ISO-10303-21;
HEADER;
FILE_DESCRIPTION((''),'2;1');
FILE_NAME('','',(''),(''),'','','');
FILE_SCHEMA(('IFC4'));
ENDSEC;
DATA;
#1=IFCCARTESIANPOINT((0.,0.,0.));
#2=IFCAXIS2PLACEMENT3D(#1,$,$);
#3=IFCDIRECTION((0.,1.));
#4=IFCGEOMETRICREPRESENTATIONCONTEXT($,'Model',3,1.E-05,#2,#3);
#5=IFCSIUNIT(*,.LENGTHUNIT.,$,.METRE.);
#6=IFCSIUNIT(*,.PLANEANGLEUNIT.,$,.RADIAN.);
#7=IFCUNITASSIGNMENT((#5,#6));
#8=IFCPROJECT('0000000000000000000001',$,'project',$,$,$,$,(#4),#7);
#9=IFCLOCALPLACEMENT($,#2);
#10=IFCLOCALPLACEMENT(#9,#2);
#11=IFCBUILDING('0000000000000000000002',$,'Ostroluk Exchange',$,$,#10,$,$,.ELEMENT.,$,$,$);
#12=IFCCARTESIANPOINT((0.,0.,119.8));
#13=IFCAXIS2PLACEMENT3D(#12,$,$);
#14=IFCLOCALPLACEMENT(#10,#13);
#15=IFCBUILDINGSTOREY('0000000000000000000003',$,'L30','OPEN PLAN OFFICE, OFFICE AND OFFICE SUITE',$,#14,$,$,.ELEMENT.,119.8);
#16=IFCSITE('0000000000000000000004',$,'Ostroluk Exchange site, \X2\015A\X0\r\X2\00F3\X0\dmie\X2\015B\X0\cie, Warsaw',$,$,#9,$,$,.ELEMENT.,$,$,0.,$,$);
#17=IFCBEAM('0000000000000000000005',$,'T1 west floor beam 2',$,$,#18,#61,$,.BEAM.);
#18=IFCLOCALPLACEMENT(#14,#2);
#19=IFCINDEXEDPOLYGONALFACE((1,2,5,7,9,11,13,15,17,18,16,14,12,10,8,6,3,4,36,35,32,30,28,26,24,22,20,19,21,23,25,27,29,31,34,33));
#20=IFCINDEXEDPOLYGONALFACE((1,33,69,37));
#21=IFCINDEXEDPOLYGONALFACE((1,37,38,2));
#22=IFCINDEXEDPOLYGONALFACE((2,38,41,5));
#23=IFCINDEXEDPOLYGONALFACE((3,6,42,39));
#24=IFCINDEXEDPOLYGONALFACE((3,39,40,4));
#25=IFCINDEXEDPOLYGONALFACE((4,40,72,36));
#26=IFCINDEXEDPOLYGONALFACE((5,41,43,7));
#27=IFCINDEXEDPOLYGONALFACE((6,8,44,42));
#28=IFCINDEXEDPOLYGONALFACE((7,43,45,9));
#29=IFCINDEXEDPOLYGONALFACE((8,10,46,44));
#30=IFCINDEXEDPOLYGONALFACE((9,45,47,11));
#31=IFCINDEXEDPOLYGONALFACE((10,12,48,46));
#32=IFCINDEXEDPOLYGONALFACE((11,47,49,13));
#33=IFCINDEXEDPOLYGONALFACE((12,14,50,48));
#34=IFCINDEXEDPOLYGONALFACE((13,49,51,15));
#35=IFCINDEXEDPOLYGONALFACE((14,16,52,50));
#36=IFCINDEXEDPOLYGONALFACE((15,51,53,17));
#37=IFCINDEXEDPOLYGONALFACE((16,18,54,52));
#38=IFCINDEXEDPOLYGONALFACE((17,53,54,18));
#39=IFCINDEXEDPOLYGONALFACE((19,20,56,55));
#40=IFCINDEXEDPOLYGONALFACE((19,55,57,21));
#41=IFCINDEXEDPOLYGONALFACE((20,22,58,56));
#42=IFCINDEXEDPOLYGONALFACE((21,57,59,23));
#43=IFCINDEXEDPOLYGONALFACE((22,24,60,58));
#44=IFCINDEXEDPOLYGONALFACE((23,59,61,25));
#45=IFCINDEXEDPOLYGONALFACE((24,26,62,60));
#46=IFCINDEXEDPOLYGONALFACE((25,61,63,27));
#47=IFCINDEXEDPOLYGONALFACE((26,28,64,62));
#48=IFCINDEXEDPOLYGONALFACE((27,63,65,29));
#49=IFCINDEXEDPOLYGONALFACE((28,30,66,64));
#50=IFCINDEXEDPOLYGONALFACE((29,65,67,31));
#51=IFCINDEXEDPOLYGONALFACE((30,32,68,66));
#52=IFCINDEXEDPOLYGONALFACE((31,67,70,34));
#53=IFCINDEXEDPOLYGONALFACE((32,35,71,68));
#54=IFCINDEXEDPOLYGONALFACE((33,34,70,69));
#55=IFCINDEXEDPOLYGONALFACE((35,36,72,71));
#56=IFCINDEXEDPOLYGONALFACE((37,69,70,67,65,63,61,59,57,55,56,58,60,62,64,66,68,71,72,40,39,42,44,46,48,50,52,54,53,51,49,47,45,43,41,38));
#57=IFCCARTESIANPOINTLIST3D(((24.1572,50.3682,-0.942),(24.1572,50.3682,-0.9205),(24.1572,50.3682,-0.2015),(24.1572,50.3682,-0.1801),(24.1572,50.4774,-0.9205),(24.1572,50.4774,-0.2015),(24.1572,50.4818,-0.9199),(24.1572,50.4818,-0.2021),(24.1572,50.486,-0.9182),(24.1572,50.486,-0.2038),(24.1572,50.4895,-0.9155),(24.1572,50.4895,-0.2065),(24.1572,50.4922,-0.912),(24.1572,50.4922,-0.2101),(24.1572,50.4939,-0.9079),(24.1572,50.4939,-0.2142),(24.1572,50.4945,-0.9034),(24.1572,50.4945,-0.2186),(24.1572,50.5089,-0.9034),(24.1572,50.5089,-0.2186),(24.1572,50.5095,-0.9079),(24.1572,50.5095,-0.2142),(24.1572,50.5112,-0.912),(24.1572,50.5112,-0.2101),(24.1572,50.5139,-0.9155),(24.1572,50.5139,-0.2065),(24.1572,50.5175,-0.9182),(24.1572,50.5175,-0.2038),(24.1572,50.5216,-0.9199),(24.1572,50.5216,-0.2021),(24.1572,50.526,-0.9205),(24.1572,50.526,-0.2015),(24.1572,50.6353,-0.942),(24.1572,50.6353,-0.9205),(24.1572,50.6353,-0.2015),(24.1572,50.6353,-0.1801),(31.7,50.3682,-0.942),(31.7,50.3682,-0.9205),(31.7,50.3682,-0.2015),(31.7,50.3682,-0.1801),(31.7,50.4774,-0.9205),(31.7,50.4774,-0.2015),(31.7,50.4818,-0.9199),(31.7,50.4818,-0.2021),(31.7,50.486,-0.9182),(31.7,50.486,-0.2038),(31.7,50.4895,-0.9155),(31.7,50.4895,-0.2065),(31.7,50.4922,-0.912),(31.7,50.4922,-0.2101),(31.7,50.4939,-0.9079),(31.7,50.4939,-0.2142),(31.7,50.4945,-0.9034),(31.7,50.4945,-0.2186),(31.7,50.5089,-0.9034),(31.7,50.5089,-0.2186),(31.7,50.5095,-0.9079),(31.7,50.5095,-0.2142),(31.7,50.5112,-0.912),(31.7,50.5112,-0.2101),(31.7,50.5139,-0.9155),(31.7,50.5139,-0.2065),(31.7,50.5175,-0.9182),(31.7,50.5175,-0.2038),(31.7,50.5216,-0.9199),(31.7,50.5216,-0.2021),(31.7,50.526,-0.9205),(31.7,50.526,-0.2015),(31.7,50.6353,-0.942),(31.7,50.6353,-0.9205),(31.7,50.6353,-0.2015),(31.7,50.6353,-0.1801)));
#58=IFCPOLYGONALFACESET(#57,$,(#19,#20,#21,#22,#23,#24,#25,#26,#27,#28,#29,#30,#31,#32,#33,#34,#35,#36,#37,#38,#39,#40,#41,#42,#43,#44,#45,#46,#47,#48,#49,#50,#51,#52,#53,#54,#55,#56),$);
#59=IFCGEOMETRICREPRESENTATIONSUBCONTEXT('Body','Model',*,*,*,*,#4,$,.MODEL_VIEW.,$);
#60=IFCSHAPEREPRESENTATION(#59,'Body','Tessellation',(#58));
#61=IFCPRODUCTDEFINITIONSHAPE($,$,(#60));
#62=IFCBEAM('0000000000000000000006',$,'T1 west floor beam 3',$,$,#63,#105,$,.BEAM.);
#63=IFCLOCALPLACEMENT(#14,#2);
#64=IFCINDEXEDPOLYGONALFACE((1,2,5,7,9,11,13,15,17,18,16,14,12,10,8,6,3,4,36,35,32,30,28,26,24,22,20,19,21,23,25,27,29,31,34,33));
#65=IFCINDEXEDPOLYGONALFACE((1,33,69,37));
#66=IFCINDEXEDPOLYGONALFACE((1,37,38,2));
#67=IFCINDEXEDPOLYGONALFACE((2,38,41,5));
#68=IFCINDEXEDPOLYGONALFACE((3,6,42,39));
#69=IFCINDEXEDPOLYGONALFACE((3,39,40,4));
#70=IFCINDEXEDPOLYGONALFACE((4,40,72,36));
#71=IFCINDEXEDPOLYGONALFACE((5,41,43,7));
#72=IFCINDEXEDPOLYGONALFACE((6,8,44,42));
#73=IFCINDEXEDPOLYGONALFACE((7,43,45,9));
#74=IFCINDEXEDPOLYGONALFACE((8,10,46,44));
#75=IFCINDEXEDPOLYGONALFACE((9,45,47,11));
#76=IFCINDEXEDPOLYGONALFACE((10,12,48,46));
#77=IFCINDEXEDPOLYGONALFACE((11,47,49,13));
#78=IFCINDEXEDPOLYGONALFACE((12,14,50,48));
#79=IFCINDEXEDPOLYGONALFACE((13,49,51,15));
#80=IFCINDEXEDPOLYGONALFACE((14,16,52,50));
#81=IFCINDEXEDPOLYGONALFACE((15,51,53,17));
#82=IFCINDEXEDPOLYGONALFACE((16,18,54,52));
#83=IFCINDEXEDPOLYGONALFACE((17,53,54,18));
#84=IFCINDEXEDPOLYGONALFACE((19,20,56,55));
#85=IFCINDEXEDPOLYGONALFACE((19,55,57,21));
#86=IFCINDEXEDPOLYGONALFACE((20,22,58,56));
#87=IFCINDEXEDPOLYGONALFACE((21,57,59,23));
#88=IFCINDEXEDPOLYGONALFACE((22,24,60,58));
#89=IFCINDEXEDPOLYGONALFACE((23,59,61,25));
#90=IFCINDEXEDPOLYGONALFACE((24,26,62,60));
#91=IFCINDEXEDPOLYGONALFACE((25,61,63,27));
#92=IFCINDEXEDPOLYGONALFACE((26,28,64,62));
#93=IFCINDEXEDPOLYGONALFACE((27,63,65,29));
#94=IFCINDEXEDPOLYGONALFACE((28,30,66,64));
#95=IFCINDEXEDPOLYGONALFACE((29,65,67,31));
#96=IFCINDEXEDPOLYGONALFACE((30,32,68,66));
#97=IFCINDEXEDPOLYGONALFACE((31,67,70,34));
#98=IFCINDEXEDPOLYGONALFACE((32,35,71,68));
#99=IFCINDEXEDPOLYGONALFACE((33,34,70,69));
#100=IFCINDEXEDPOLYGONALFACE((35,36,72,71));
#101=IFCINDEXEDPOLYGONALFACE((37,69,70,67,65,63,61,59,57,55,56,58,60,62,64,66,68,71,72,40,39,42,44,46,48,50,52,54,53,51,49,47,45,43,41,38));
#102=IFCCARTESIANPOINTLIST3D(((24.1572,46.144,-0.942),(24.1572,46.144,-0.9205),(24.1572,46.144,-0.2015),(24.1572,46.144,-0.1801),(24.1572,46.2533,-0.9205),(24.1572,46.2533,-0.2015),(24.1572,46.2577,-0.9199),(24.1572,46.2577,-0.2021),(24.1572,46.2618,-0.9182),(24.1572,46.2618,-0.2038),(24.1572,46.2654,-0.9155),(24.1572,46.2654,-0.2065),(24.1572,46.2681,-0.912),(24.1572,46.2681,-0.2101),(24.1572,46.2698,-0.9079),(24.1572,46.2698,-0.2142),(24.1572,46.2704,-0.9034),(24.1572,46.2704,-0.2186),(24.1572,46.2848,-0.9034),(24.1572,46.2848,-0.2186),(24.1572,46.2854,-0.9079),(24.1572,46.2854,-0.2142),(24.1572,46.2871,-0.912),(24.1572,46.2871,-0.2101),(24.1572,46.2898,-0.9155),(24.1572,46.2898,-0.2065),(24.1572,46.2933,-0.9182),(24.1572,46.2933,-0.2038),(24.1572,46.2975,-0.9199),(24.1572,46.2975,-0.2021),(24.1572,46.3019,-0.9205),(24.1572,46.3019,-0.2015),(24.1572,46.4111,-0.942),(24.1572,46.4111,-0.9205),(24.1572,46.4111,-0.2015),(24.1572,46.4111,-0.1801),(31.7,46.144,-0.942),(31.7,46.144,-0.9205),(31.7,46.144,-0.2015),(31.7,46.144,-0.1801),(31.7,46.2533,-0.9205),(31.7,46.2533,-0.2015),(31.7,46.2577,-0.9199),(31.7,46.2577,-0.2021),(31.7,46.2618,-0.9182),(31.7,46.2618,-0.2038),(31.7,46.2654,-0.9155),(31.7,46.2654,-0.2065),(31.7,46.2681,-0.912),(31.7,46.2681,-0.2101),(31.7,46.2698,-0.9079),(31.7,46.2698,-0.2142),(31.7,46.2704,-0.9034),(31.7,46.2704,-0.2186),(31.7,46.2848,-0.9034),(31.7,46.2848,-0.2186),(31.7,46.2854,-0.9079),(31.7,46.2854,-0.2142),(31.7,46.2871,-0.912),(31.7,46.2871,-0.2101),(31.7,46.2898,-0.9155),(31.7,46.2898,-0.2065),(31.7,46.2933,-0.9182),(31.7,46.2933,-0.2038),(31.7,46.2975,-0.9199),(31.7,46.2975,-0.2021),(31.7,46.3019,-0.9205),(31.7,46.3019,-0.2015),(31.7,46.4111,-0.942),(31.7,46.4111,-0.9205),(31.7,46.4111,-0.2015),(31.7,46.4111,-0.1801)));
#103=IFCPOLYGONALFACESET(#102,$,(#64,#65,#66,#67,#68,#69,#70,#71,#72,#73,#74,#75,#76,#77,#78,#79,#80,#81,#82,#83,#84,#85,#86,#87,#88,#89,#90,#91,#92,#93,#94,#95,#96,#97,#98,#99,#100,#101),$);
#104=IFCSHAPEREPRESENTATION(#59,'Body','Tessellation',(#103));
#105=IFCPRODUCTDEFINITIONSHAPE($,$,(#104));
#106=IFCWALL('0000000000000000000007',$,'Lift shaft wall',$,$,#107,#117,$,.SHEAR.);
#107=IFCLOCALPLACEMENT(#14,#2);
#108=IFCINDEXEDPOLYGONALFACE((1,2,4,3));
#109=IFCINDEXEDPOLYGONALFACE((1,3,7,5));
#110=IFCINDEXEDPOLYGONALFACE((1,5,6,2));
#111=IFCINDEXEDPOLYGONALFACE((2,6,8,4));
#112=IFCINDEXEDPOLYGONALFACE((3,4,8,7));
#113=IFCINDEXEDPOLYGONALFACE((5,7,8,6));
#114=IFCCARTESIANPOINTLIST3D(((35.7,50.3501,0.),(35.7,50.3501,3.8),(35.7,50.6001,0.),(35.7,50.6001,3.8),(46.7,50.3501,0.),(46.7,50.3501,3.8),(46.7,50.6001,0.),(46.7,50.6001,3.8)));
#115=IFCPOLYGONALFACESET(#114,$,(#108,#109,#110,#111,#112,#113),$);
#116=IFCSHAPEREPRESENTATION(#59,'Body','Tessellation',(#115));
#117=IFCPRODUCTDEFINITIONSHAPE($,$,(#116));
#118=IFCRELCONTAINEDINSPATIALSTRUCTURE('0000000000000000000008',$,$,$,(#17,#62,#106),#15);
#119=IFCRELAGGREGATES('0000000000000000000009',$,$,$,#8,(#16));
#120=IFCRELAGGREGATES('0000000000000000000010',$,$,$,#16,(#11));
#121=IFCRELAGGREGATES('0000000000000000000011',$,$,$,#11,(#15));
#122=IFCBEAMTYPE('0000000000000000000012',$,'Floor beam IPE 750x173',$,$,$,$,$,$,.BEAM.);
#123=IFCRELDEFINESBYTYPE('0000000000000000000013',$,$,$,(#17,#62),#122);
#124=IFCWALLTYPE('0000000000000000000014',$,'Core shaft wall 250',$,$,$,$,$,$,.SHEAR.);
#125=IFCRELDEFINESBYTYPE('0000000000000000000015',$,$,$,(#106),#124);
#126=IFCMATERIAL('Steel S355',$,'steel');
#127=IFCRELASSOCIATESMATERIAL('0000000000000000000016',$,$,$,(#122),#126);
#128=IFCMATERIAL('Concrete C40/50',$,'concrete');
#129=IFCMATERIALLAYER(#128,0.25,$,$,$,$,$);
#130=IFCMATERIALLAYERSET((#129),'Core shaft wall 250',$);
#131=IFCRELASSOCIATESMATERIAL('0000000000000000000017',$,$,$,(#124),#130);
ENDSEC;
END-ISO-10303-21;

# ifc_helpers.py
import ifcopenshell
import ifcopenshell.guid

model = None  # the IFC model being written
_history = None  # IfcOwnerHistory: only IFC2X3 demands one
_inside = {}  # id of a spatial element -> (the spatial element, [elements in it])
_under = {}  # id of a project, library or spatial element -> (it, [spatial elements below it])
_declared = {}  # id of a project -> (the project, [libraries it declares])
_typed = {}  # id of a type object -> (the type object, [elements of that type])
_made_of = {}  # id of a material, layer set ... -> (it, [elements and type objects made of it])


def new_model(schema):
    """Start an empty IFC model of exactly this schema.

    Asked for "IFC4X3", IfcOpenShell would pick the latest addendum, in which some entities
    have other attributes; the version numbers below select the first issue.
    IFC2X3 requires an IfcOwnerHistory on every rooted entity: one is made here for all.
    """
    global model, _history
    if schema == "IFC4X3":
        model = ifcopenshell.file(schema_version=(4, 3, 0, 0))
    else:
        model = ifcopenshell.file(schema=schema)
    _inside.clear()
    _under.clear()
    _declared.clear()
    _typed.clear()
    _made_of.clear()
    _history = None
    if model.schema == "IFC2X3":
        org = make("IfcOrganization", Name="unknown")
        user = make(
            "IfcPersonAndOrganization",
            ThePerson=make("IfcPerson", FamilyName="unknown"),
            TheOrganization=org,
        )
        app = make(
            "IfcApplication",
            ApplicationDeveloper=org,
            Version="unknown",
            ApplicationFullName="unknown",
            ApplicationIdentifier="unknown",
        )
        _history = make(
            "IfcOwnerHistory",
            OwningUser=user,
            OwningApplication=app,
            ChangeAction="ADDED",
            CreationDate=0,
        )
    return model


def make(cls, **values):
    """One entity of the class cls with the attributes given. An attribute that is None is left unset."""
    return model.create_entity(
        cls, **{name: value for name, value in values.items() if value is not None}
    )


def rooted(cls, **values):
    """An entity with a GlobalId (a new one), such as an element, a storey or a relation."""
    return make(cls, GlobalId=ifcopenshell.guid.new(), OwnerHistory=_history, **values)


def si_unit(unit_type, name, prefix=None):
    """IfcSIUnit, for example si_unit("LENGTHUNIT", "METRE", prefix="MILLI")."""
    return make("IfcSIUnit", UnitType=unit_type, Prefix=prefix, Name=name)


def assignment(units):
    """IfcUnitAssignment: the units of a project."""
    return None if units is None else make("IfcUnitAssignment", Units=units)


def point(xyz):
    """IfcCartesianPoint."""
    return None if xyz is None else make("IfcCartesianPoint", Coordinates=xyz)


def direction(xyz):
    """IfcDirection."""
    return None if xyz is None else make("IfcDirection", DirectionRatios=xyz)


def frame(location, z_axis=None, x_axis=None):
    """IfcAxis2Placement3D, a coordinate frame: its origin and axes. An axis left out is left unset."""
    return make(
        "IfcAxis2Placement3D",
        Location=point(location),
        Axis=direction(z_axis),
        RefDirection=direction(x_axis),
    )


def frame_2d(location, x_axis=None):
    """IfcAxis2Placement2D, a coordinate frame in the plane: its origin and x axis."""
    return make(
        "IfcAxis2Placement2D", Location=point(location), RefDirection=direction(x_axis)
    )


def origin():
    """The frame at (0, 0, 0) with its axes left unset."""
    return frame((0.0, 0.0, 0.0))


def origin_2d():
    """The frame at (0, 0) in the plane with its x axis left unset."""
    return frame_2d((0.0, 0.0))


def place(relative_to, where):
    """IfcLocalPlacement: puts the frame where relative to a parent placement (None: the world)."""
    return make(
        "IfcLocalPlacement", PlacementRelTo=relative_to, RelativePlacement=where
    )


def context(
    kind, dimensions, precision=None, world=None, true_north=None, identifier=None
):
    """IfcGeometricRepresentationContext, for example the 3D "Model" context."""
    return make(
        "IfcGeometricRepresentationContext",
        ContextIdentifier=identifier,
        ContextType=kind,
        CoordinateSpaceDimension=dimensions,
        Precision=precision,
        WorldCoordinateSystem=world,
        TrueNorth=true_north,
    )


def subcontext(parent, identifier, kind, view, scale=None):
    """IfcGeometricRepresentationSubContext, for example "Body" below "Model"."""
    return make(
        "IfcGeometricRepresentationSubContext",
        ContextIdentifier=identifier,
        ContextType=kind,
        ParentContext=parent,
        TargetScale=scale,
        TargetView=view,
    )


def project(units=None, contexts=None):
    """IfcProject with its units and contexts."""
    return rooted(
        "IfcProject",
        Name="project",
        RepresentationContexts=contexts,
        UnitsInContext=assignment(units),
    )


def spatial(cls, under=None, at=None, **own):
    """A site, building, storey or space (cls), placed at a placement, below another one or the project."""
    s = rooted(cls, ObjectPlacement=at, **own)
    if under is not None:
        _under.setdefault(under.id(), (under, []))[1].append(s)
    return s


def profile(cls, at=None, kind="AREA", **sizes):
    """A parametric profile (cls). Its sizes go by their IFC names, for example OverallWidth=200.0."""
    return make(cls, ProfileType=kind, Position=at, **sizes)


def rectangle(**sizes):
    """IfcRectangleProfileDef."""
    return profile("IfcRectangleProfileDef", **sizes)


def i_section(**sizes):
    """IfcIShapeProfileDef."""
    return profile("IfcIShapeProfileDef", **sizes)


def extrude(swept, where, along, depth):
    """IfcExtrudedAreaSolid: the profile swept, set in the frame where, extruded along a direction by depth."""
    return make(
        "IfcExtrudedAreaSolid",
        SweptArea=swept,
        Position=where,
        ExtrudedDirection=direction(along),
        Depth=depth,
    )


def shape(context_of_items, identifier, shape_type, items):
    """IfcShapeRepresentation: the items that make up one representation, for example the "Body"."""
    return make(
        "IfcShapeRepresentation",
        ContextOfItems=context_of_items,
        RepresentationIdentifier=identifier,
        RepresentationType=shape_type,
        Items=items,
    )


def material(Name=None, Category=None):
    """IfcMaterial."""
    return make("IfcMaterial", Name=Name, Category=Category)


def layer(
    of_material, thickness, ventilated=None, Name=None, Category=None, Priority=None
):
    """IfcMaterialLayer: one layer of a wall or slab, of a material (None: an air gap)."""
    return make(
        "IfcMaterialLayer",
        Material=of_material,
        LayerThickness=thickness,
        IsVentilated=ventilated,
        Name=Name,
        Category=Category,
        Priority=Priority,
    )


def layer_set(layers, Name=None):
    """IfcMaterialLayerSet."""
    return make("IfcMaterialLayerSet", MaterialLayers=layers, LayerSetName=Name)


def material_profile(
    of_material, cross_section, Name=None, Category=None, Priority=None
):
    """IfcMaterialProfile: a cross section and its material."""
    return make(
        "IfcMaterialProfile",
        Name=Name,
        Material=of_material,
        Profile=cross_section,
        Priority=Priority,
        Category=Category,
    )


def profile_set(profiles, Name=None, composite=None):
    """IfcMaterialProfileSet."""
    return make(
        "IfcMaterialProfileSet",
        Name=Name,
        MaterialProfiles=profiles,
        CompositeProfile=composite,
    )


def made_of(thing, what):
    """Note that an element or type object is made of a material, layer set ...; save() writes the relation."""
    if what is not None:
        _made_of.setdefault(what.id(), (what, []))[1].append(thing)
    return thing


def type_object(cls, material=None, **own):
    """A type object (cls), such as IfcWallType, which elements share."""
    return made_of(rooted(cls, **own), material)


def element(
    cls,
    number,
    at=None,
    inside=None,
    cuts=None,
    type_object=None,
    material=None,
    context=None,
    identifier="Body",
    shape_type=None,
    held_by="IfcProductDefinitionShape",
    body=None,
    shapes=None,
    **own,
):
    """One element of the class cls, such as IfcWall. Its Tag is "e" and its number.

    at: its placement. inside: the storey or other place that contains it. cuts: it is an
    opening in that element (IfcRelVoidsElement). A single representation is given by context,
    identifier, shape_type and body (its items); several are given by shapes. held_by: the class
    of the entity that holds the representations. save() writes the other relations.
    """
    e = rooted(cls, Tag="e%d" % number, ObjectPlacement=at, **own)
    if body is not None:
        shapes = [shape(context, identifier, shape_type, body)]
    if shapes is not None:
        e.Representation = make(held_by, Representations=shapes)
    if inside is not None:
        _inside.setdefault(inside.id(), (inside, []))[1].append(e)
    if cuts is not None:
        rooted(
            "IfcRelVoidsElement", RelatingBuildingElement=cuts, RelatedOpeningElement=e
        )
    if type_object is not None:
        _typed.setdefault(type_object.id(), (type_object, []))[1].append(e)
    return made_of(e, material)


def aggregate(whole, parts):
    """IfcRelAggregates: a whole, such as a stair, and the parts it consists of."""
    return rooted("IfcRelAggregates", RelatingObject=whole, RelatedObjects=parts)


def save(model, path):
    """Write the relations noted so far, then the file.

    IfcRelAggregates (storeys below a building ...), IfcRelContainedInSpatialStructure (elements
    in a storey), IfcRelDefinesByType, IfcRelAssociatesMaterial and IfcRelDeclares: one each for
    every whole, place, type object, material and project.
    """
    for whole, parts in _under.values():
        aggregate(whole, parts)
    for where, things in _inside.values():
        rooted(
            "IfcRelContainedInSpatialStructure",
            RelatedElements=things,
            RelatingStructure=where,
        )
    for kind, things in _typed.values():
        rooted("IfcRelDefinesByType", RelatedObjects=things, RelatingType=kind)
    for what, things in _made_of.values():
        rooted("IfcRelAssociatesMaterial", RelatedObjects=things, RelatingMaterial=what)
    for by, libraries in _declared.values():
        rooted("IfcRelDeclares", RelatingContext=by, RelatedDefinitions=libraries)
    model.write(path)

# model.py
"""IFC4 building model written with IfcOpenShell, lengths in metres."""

from ifc_helpers import new_model, si_unit, direction, frame, frame_2d, origin, origin_2d, place, context, subcontext, project, spatial, rectangle, i_section, extrude, material, layer, layer_set, material_profile, profile_set, type_object, element, save


model = new_model("IFC4")

# Units and contexts
model_context = context("Model", 3, precision=1e-05, world=origin(), true_north=direction((0.0, 1.0)))
body_context = subcontext(model_context, "Body", "Model", "MODEL_VIEW")
ifc_project = project(units=[si_unit("LENGTHUNIT", "METRE"), si_unit("PLANEANGLEUNIT", "RADIAN")], contexts=[model_context])

# Site, building, storey
site_placement = place(None, origin())
site = spatial("IfcSite", under=ifc_project, at=site_placement, Name="Ostroluk Exchange site, Śródmieście, Warsaw", CompositionType="ELEMENT", RefElevation=0.0)
building_placement = place(site_placement, origin())
building = spatial("IfcBuilding", under=site, at=building_placement, Name="Ostroluk Exchange", CompositionType="ELEMENT")
storey_placement = place(building_placement, frame((0.0, 0.0, 119.8)))
storey = spatial("IfcBuildingStorey", under=building, at=storey_placement, Name="L30", Description="OPEN PLAN OFFICE, OFFICE AND OFFICE SUITE", CompositionType="ELEMENT", Elevation=119.8)

# Beams
ifc_material_1 = material(Name="Steel S355", Category="steel")
ifc_material_profile = material_profile(ifc_material_1, i_section(OverallWidth=0.2671, OverallDepth=0.762, WebThickness=0.0144, FlangeThickness=0.0215, FilletRadius=0.0171, at=origin_2d()), Name="IPE 750x173")
ifc_profile_set = profile_set([ifc_material_profile], Name="Steel S355")
beam_type = type_object("IfcBeamType", Name="Floor beam IPE 750x173", PredefinedType="BEAM", material=ifc_profile_set)
for number, where, z_axis, x_axis, name in (
    (1, (31.7, 50.5017, -0.561), (-1.0, 0.0, 0.0), (0.0, -1.0, 0.0), "T1 west floor beam 2"),
    (2, (31.7, 46.2776, -0.561), (-1.0, 0.0, 0.0), (0.0, -1.0, 0.0), "T1 west floor beam 3"),
):
    element("IfcBeam", number, at=place(storey_placement, frame(where, z_axis=z_axis, x_axis=x_axis)), inside=storey, type_object=beam_type, Name=name, PredefinedType="BEAM", context=body_context, shape_type="SweptSolid", body=[
        extrude(i_section(OverallWidth=0.2671, OverallDepth=0.762, WebThickness=0.0144, FlangeThickness=0.0215, FilletRadius=0.0171, at=origin_2d()), origin(), (0.0, 0.0, 1.0), 7.5427),
    ])

# Wall
ifc_material_2 = material(Name="Concrete C40/50", Category="concrete")
ifc_layer = layer(ifc_material_2, 0.25)
ifc_layer_set = layer_set([ifc_layer], Name="Core shaft wall 250")
wall_type = type_object("IfcWallType", Name="Core shaft wall 250", PredefinedType="SHEAR", material=ifc_layer_set)
wall_1_placement = place(storey_placement, frame((35.7, 50.4751, 0.0), z_axis=(0.0, 0.0, 1.0), x_axis=(1.0, 0.0, 0.0)))
element("IfcWall", 3, at=wall_1_placement, inside=storey, type_object=wall_type, Name="Lift shaft wall", PredefinedType="SHEAR", context=body_context, shape_type="SweptSolid", body=[
    extrude(rectangle(XDim=11.0, YDim=0.25, at=frame_2d((5.5, 0.0))), origin(), (0.0, 0.0, 1.0), 3.8),
])

save(model, "model.ifc")
